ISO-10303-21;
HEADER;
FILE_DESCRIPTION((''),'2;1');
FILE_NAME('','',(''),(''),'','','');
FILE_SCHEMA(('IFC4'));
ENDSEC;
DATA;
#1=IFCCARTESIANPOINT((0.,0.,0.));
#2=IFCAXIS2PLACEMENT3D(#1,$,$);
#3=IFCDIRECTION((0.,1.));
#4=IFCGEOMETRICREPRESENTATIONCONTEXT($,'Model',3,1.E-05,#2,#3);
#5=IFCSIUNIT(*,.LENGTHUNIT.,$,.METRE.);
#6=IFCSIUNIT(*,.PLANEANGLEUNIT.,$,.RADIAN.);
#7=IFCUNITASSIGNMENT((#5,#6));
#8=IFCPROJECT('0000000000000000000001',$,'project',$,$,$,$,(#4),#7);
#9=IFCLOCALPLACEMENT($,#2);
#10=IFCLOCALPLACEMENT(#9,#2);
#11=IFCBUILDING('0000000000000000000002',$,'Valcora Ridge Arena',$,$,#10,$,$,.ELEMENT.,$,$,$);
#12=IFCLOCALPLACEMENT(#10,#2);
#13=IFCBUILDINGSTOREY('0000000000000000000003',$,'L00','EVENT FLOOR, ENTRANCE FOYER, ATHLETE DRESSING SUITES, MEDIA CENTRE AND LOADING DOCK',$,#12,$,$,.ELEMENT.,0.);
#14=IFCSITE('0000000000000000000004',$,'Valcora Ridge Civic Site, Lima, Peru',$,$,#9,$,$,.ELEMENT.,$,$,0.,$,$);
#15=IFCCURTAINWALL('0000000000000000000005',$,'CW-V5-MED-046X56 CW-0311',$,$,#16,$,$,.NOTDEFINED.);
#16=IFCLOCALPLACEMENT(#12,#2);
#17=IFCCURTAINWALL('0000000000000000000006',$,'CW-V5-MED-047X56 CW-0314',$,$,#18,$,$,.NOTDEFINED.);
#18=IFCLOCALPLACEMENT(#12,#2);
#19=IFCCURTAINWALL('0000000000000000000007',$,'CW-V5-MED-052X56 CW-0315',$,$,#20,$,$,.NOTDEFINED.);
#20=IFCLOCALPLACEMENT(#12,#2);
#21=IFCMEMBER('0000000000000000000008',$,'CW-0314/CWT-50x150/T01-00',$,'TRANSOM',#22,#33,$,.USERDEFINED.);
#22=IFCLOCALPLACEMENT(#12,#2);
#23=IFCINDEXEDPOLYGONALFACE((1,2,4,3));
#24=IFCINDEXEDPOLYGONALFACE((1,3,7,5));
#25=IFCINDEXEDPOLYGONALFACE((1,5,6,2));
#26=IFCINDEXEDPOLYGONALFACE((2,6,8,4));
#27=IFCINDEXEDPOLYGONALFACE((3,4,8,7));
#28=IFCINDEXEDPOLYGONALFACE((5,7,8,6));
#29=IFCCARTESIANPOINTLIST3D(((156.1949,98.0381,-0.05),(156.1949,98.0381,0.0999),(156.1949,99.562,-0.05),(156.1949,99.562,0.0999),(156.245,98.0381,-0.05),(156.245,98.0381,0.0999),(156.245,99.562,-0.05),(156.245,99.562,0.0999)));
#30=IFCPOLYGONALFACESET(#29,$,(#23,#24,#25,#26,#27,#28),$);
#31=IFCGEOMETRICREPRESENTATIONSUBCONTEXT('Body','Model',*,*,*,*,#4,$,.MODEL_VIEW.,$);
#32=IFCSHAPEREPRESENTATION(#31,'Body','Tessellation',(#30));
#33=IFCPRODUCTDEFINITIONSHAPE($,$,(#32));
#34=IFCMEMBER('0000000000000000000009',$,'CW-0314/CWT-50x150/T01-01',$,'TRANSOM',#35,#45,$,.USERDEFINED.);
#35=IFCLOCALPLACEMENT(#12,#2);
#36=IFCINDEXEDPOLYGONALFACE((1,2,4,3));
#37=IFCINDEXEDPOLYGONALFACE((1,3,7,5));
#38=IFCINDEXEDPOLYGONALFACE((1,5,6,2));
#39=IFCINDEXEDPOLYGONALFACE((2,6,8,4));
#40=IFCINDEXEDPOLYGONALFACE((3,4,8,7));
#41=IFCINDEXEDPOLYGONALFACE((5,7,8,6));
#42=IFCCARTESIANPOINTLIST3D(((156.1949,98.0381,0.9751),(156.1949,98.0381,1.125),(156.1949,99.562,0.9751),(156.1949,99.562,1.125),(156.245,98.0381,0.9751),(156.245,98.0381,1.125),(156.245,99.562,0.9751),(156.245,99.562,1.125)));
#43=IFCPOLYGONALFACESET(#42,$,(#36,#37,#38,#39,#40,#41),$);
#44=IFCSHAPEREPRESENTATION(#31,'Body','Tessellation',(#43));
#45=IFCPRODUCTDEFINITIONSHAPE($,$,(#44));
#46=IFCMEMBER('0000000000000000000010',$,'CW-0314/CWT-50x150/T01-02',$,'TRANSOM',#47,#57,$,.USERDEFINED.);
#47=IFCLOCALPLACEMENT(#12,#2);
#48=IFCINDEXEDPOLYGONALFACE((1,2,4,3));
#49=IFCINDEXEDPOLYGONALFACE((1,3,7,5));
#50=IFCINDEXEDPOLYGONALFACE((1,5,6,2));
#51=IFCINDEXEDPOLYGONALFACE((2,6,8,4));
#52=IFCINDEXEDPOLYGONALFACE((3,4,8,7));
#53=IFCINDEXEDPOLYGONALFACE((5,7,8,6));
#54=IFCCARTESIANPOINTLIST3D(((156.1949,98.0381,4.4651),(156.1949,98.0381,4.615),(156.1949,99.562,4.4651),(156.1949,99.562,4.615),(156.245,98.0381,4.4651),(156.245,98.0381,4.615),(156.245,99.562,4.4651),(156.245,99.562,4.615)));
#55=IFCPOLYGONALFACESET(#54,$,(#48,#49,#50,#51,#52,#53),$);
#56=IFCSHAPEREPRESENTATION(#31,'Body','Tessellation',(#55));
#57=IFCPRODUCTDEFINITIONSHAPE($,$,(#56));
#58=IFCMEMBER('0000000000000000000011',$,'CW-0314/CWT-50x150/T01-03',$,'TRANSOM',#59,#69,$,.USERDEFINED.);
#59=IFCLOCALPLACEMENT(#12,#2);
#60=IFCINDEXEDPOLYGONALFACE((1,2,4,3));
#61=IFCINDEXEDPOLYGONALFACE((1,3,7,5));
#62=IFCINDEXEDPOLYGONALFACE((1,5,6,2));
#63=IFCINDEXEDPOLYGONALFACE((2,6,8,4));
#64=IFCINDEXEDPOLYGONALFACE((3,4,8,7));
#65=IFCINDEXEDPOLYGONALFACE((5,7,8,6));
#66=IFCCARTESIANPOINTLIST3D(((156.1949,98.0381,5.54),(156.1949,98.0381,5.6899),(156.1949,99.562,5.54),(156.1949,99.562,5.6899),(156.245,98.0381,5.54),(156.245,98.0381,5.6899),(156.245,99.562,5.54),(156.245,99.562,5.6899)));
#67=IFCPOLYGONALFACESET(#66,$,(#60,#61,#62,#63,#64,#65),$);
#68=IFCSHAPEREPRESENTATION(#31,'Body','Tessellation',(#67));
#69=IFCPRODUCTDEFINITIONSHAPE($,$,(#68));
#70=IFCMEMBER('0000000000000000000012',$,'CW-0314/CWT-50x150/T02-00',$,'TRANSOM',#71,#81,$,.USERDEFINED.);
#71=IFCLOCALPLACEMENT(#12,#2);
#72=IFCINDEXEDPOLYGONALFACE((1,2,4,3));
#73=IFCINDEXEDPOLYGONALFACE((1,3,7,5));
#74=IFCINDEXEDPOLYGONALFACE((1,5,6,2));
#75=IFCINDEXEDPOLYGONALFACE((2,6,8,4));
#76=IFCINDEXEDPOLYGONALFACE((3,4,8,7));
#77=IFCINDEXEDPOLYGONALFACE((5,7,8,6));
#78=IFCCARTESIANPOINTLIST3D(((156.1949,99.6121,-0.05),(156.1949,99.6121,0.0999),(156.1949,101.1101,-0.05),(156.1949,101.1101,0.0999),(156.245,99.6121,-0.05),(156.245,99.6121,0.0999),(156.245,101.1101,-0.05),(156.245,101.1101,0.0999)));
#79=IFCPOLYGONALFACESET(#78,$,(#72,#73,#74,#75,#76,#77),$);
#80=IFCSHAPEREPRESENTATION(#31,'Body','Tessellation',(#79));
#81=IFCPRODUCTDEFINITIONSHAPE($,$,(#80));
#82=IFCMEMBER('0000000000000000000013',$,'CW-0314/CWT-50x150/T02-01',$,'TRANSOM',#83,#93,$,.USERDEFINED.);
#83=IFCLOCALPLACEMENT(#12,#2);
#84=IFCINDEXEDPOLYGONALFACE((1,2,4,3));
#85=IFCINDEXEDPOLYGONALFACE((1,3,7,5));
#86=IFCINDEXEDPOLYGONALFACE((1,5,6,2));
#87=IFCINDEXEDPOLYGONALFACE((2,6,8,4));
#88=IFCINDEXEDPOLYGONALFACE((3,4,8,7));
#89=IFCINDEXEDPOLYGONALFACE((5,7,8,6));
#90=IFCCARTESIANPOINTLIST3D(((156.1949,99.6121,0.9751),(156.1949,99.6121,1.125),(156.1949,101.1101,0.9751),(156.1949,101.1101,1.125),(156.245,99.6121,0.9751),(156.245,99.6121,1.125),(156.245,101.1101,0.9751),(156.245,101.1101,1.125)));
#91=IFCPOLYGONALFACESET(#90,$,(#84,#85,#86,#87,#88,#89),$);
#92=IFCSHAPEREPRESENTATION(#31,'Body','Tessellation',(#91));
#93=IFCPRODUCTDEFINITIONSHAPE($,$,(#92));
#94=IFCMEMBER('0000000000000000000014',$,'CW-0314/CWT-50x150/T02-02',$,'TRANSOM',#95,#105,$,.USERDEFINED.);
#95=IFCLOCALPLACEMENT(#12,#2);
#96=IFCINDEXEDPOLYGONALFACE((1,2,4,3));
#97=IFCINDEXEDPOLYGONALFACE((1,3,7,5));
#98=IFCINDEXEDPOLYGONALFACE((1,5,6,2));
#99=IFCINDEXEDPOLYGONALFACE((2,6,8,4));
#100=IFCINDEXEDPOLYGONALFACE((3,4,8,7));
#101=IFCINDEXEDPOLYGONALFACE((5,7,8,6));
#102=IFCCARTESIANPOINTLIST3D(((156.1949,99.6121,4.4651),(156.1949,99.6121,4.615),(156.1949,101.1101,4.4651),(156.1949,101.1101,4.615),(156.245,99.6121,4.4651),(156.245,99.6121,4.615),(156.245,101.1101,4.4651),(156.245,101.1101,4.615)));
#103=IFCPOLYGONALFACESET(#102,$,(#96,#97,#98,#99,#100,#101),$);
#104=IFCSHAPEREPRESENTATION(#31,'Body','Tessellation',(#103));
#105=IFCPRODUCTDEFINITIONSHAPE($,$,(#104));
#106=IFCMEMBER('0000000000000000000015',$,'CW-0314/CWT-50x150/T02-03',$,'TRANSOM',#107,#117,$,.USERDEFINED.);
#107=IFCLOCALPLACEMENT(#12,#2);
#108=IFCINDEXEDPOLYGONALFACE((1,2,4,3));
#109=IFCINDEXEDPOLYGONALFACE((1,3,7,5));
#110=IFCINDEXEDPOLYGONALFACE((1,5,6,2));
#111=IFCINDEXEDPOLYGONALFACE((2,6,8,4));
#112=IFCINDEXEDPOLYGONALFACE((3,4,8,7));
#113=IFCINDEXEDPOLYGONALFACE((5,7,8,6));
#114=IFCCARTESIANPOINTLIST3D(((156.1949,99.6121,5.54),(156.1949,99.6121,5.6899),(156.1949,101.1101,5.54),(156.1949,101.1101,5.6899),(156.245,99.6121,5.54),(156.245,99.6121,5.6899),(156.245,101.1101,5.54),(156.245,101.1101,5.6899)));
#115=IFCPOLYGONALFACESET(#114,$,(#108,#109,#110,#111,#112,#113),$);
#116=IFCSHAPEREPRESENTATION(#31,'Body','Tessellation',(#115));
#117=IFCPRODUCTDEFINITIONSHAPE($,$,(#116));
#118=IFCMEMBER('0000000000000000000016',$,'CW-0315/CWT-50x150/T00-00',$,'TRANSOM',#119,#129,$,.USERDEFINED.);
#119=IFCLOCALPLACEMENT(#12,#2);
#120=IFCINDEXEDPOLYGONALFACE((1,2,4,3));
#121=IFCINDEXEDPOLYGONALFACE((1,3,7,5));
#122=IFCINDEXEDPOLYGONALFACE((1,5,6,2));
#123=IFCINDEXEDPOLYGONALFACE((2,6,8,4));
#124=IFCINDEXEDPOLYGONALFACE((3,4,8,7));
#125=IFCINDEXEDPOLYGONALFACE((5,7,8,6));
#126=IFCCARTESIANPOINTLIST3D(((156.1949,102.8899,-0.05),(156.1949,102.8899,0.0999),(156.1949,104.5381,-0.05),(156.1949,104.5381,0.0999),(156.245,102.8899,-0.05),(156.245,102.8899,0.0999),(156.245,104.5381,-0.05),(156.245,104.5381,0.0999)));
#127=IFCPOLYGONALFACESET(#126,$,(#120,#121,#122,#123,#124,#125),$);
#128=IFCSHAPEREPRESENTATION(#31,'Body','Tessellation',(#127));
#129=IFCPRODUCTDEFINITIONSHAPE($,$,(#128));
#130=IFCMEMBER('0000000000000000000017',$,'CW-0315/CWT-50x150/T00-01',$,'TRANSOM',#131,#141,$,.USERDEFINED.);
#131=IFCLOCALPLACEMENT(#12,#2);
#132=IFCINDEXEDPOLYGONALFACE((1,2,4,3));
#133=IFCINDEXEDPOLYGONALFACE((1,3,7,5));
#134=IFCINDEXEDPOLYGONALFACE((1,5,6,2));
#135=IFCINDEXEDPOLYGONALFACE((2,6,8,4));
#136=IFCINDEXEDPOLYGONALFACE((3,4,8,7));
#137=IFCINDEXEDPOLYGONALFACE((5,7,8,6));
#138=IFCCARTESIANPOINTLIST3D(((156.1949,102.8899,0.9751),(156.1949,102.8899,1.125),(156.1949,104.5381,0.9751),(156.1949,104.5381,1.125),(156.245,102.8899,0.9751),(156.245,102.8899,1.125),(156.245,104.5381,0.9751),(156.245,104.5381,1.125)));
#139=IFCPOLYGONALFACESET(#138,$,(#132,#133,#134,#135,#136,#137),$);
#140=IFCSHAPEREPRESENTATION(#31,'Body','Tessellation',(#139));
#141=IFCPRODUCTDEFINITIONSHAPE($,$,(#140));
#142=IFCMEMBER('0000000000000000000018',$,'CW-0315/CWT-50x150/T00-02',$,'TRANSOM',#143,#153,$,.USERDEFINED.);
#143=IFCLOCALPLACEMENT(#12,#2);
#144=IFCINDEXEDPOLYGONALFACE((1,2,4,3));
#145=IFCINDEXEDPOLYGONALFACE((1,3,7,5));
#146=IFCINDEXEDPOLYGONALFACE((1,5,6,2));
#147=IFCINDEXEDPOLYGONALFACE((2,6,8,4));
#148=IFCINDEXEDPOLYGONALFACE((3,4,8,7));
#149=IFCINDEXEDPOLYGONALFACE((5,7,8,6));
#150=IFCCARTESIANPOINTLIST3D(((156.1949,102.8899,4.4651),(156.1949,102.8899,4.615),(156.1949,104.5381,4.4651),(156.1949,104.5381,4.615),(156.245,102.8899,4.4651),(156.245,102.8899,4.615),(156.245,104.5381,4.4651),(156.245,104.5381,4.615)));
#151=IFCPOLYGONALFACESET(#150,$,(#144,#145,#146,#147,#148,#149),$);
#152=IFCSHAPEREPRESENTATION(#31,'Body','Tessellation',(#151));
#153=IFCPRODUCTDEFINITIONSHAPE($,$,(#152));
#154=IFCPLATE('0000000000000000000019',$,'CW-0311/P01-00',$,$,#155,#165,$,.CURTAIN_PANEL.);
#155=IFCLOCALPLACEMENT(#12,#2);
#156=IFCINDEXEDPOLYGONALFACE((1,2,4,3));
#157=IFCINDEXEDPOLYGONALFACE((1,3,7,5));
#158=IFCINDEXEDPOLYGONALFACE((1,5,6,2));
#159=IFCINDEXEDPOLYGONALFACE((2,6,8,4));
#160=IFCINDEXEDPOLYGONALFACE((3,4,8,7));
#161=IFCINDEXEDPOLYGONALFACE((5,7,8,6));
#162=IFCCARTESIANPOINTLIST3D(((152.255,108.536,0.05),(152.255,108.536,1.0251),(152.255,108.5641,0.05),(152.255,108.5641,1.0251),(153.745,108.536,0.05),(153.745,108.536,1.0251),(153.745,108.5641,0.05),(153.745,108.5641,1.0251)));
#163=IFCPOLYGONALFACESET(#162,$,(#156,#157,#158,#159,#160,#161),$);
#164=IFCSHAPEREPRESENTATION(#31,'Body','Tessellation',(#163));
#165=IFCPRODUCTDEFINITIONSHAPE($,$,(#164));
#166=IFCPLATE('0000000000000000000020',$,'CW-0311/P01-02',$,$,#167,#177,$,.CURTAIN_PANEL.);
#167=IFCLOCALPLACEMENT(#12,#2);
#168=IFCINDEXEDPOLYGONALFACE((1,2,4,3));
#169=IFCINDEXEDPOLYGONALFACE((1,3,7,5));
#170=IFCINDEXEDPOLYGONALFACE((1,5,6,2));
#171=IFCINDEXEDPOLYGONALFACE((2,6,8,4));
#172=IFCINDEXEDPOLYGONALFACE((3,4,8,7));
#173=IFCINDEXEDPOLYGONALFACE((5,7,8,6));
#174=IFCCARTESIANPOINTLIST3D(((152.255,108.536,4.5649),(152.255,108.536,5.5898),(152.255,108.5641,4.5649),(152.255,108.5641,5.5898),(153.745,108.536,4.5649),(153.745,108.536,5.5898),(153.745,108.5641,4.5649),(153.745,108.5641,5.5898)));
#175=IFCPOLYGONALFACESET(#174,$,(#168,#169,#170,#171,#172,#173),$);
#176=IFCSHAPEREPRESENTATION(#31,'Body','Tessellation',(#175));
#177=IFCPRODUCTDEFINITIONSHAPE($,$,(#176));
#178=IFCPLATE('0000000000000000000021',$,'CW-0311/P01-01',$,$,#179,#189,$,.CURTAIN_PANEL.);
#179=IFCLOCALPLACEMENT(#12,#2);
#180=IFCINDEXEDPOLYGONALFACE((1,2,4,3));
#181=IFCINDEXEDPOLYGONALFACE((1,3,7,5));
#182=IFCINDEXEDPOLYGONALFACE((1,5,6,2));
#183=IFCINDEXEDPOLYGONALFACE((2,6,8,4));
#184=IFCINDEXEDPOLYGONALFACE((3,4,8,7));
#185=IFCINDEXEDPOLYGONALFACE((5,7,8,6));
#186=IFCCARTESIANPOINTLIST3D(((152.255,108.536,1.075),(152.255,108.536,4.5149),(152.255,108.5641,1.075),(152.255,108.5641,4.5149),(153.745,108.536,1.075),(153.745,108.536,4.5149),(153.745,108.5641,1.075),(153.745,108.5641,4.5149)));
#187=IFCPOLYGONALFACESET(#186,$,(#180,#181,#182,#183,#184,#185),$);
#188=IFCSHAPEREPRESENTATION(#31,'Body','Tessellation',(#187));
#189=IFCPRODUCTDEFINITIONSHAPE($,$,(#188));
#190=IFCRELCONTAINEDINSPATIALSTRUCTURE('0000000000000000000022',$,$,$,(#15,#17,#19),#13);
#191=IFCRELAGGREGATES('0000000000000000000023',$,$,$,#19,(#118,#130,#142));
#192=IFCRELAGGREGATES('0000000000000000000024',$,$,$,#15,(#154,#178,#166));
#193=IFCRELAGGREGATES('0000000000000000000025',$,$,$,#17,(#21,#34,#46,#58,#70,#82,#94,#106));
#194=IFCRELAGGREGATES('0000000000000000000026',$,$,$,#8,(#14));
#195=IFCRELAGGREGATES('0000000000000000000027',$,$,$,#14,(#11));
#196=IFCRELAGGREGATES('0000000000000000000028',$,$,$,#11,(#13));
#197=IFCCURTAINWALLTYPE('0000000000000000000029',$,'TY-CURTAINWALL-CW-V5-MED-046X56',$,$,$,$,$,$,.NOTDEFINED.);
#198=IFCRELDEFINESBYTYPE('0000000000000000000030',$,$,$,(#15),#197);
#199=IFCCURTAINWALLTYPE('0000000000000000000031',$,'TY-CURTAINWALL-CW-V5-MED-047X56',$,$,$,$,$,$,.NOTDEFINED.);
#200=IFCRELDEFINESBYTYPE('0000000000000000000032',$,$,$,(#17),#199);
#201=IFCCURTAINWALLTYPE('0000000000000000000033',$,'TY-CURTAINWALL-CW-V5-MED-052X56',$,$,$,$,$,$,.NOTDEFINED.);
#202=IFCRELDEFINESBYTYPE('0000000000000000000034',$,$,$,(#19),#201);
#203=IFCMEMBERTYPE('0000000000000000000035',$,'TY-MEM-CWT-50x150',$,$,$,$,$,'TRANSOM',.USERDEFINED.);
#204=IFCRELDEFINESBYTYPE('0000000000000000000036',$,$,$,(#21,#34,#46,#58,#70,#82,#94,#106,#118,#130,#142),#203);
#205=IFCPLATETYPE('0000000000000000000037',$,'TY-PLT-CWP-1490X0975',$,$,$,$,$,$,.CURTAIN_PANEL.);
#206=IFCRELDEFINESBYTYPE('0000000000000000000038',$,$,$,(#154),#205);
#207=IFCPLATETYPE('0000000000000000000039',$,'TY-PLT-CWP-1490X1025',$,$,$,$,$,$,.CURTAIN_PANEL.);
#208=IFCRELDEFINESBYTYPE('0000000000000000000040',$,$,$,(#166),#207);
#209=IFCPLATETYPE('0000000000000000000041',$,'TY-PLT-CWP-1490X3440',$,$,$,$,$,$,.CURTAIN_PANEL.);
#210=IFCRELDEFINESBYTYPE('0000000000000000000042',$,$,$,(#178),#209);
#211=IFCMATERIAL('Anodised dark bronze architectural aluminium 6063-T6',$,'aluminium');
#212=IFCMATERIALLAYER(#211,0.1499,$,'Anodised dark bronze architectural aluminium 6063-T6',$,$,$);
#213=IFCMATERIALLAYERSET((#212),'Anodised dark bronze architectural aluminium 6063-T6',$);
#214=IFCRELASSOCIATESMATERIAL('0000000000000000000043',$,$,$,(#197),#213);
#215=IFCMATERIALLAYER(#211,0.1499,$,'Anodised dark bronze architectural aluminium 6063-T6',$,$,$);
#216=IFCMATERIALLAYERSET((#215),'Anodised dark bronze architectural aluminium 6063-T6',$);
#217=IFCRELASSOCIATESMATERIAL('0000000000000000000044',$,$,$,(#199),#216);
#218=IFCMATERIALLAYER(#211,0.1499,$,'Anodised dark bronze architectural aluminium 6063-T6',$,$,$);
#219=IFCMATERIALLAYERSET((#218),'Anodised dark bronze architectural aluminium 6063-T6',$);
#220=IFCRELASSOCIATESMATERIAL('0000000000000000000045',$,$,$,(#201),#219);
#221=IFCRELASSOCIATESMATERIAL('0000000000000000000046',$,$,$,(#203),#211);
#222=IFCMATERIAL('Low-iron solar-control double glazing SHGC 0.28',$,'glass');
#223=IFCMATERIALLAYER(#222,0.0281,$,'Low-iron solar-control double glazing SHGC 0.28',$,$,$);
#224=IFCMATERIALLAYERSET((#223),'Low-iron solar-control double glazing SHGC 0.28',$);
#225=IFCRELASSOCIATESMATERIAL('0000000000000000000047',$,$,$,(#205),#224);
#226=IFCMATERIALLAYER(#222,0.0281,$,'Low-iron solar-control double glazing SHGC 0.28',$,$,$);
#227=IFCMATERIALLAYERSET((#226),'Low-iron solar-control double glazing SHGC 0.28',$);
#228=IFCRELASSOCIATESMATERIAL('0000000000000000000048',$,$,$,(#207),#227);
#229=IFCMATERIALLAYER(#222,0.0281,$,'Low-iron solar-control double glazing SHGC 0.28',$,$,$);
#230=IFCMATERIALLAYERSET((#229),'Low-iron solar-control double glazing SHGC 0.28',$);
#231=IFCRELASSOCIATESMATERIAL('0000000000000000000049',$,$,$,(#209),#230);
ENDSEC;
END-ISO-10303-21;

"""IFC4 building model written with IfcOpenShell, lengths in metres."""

from ifc_helpers import new_model, si_unit, direction, frame, origin, origin_2d, place, context, subcontext, project, spatial, rectangle, extrude, material, layer, layer_set, material_profile, profile_set, type_object, element, aggregate, save


model = new_model("IFC4")

# Units and contexts
model_context = context("Model", 3, precision=1e-05, world=origin(), true_north=direction((0.0, 1.0)))
body_context = subcontext(model_context, "Body", "Model", "MODEL_VIEW")
ifc_project = project(units=[si_unit("LENGTHUNIT", "METRE"), si_unit("PLANEANGLEUNIT", "RADIAN")], contexts=[model_context])

# Site, building, storey
site_placement = place(None, origin())
site = spatial("IfcSite", under=ifc_project, at=site_placement, Name="Valcora Ridge Civic Site, Lima, Peru", CompositionType="ELEMENT", RefElevation=0.0)
building_placement = place(site_placement, origin())
building = spatial("IfcBuilding", under=site, at=building_placement, Name="Valcora Ridge Arena", CompositionType="ELEMENT")
storey_placement = place(building_placement, origin())
storey = spatial("IfcBuildingStorey", under=building, at=storey_placement, Name="L00", Description="EVENT FLOOR, ENTRANCE FOYER, ATHLETE DRESSING SUITES, MEDIA CENTRE AND LOADING DOCK", CompositionType="ELEMENT", Elevation=0.0)

# Curtain wall
ifc_material_1 = material(Name="Anodised dark bronze architectural aluminium 6063-T6", Category="aluminium")
ifc_layer_1 = layer(ifc_material_1, 0.1499, Name="Anodised dark bronze architectural aluminium 6063-T6")
ifc_layer_set_1 = layer_set([ifc_layer_1], Name="Anodised dark bronze architectural aluminium 6063-T6")
curtain_wall_type_1 = type_object("IfcCurtainWallType", Name="TY-CURTAINWALL-CW-V5-MED-046X56", PredefinedType="NOTDEFINED", material=ifc_layer_set_1)
curtain_wall_1_placement = place(storey_placement, origin())
curtain_wall_1 = element("IfcCurtainWall", 1, at=curtain_wall_1_placement, inside=storey, type_object=curtain_wall_type_1, Name="CW-V5-MED-046X56 CW-0311", PredefinedType="NOTDEFINED")

# Curtain wall
ifc_layer_2 = layer(ifc_material_1, 0.1499, Name="Anodised dark bronze architectural aluminium 6063-T6")
ifc_layer_set_2 = layer_set([ifc_layer_2], Name="Anodised dark bronze architectural aluminium 6063-T6")
curtain_wall_type_2 = type_object("IfcCurtainWallType", Name="TY-CURTAINWALL-CW-V5-MED-047X56", PredefinedType="NOTDEFINED", material=ifc_layer_set_2)
curtain_wall_2_placement = place(storey_placement, origin())
curtain_wall_2 = element("IfcCurtainWall", 2, at=curtain_wall_2_placement, inside=storey, type_object=curtain_wall_type_2, Name="CW-V5-MED-047X56 CW-0314", PredefinedType="NOTDEFINED")

# Curtain wall
ifc_layer_3 = layer(ifc_material_1, 0.1499, Name="Anodised dark bronze architectural aluminium 6063-T6")
ifc_layer_set_3 = layer_set([ifc_layer_3], Name="Anodised dark bronze architectural aluminium 6063-T6")
curtain_wall_type_3 = type_object("IfcCurtainWallType", Name="TY-CURTAINWALL-CW-V5-MED-052X56", PredefinedType="NOTDEFINED", material=ifc_layer_set_3)
curtain_wall_3_placement = place(storey_placement, origin())
curtain_wall_3 = element("IfcCurtainWall", 3, at=curtain_wall_3_placement, inside=storey, type_object=curtain_wall_type_3, Name="CW-V5-MED-052X56 CW-0315", PredefinedType="NOTDEFINED")

# Members
ifc_material_profile_1 = material_profile(ifc_material_1, rectangle(XDim=0.05, YDim=0.1499, at=origin_2d()), Name="ALU TRANSOM 50x150")
ifc_profile_set_1 = profile_set([ifc_material_profile_1], Name="Anodised dark bronze architectural aluminium 6063-T6")
member_type_1 = type_object("IfcMemberType", Name="TY-MEM-CWT-50x150", ElementType="TRANSOM", PredefinedType="USERDEFINED", material=ifc_profile_set_1)
member_1_placement = place(storey_placement, frame((156.22, 98.0381, 0.0249), z_axis=(0.0, 1.0, 0.0), x_axis=(-1.0, 0.0, 0.0)))
member_1 = element("IfcMember", 4, at=member_1_placement, type_object=member_type_1, Name="CW-0314/CWT-50x150/T01-00", ObjectType="TRANSOM", PredefinedType="USERDEFINED", context=body_context, shape_type="SweptSolid", body=[
    extrude(rectangle(XDim=0.05, YDim=0.1499, at=origin_2d()), origin(), (0.0, 0.0, 1.0), 1.5239),
])
member_2_placement = place(storey_placement, frame((156.22, 98.0381, 1.05), z_axis=(0.0, 1.0, 0.0), x_axis=(-1.0, 0.0, 0.0)))
member_2 = element("IfcMember", 5, at=member_2_placement, type_object=member_type_1, Name="CW-0314/CWT-50x150/T01-01", ObjectType="TRANSOM", PredefinedType="USERDEFINED", context=body_context, shape_type="SweptSolid", body=[
    extrude(rectangle(XDim=0.05, YDim=0.1499, at=origin_2d()), origin(), (0.0, 0.0, 1.0), 1.5239),
])
member_3_placement = place(storey_placement, frame((156.22, 98.0381, 4.54), z_axis=(0.0, 1.0, 0.0), x_axis=(-1.0, 0.0, 0.0)))
member_3 = element("IfcMember", 6, at=member_3_placement, type_object=member_type_1, Name="CW-0314/CWT-50x150/T01-02", ObjectType="TRANSOM", PredefinedType="USERDEFINED", context=body_context, shape_type="SweptSolid", body=[
    extrude(rectangle(XDim=0.05, YDim=0.1499, at=origin_2d()), origin(), (0.0, 0.0, 1.0), 1.5239),
])
member_4_placement = place(storey_placement, frame((156.22, 98.0381, 5.615), z_axis=(0.0, 1.0, 0.0), x_axis=(-1.0, 0.0, 0.0)))
member_4 = element("IfcMember", 7, at=member_4_placement, type_object=member_type_1, Name="CW-0314/CWT-50x150/T01-03", ObjectType="TRANSOM", PredefinedType="USERDEFINED", context=body_context, shape_type="SweptSolid", body=[
    extrude(rectangle(XDim=0.05, YDim=0.1499, at=origin_2d()), origin(), (0.0, 0.0, 1.0), 1.5239),
])
member_5_placement = place(storey_placement, frame((156.22, 99.6121, 0.0249), z_axis=(0.0, 1.0, 0.0), x_axis=(-1.0, 0.0, 0.0)))
member_5 = element("IfcMember", 8, at=member_5_placement, type_object=member_type_1, Name="CW-0314/CWT-50x150/T02-00", ObjectType="TRANSOM", PredefinedType="USERDEFINED", context=body_context, shape_type="SweptSolid", body=[
    extrude(rectangle(XDim=0.05, YDim=0.1499, at=origin_2d()), origin(), (0.0, 0.0, 1.0), 1.498),
])
member_6_placement = place(storey_placement, frame((156.22, 99.6121, 1.05), z_axis=(0.0, 1.0, 0.0), x_axis=(-1.0, 0.0, 0.0)))
member_6 = element("IfcMember", 9, at=member_6_placement, type_object=member_type_1, Name="CW-0314/CWT-50x150/T02-01", ObjectType="TRANSOM", PredefinedType="USERDEFINED", context=body_context, shape_type="SweptSolid", body=[
    extrude(rectangle(XDim=0.05, YDim=0.1499, at=origin_2d()), origin(), (0.0, 0.0, 1.0), 1.498),
])
member_7_placement = place(storey_placement, frame((156.22, 99.6121, 4.54), z_axis=(0.0, 1.0, 0.0), x_axis=(-1.0, 0.0, 0.0)))
member_7 = element("IfcMember", 10, at=member_7_placement, type_object=member_type_1, Name="CW-0314/CWT-50x150/T02-02", ObjectType="TRANSOM", PredefinedType="USERDEFINED", context=body_context, shape_type="SweptSolid", body=[
    extrude(rectangle(XDim=0.05, YDim=0.1499, at=origin_2d()), origin(), (0.0, 0.0, 1.0), 1.498),
])
member_8_placement = place(storey_placement, frame((156.22, 99.6121, 5.615), z_axis=(0.0, 1.0, 0.0), x_axis=(-1.0, 0.0, 0.0)))
member_8 = element("IfcMember", 11, at=member_8_placement, type_object=member_type_1, Name="CW-0314/CWT-50x150/T02-03", ObjectType="TRANSOM", PredefinedType="USERDEFINED", context=body_context, shape_type="SweptSolid", body=[
    extrude(rectangle(XDim=0.05, YDim=0.1499, at=origin_2d()), origin(), (0.0, 0.0, 1.0), 1.498),
])
member_9_placement = place(storey_placement, frame((156.22, 102.8899, 0.0249), z_axis=(0.0, 1.0, 0.0), x_axis=(-1.0, 0.0, 0.0)))
member_9 = element("IfcMember", 12, at=member_9_placement, type_object=member_type_1, Name="CW-0315/CWT-50x150/T00-00", ObjectType="TRANSOM", PredefinedType="USERDEFINED", context=body_context, shape_type="SweptSolid", body=[
    extrude(rectangle(XDim=0.05, YDim=0.1499, at=origin_2d()), origin(), (0.0, 0.0, 1.0), 1.6482),
])
member_10_placement = place(storey_placement, frame((156.22, 102.8899, 1.05), z_axis=(0.0, 1.0, 0.0), x_axis=(-1.0, 0.0, 0.0)))
member_10 = element("IfcMember", 13, at=member_10_placement, type_object=member_type_1, Name="CW-0315/CWT-50x150/T00-01", ObjectType="TRANSOM", PredefinedType="USERDEFINED", context=body_context, shape_type="SweptSolid", body=[
    extrude(rectangle(XDim=0.05, YDim=0.1499, at=origin_2d()), origin(), (0.0, 0.0, 1.0), 1.6482),
])
member_11_placement = place(storey_placement, frame((156.22, 102.8899, 4.54), z_axis=(0.0, 1.0, 0.0), x_axis=(-1.0, 0.0, 0.0)))
member_11 = element("IfcMember", 14, at=member_11_placement, type_object=member_type_1, Name="CW-0315/CWT-50x150/T00-02", ObjectType="TRANSOM", PredefinedType="USERDEFINED", context=body_context, shape_type="SweptSolid", body=[
    extrude(rectangle(XDim=0.05, YDim=0.1499, at=origin_2d()), origin(), (0.0, 0.0, 1.0), 1.6482),
])
aggregate(curtain_wall_3, [member_9, member_10, member_11])

# Plates
ifc_material_2 = material(Name="Low-iron solar-control double glazing SHGC 0.28", Category="glass")
ifc_layer_4 = layer(ifc_material_2, 0.0281, Name="Low-iron solar-control double glazing SHGC 0.28")
ifc_layer_set_4 = layer_set([ifc_layer_4], Name="Low-iron solar-control double glazing SHGC 0.28")
plate_type_1 = type_object("IfcPlateType", Name="TY-PLT-CWP-1490X0975", PredefinedType="CURTAIN_PANEL", material=ifc_layer_set_4)
plate_1_placement = place(storey_placement, frame((153.0, 108.55, 0.05), z_axis=(0.0, 0.0, 1.0), x_axis=(1.0, 0.0, 0.0)))
plate_1 = element("IfcPlate", 15, at=plate_1_placement, type_object=plate_type_1, Name="CW-0311/P01-00", PredefinedType="CURTAIN_PANEL", context=body_context, shape_type="SweptSolid", body=[
    extrude(rectangle(XDim=1.49, YDim=0.0281, at=origin_2d()), origin(), (0.0, 0.0, 1.0), 0.9751),
])
ifc_layer_5 = layer(ifc_material_2, 0.0281, Name="Low-iron solar-control double glazing SHGC 0.28")
ifc_layer_set_5 = layer_set([ifc_layer_5], Name="Low-iron solar-control double glazing SHGC 0.28")
plate_type_2 = type_object("IfcPlateType", Name="TY-PLT-CWP-1490X1025", PredefinedType="CURTAIN_PANEL", material=ifc_layer_set_5)
plate_2_placement = place(storey_placement, frame((153.0, 108.55, 4.5649), z_axis=(0.0, 0.0, 1.0), x_axis=(1.0, 0.0, 0.0)))
plate_2 = element("IfcPlate", 16, at=plate_2_placement, type_object=plate_type_2, Name="CW-0311/P01-02", PredefinedType="CURTAIN_PANEL", context=body_context, shape_type="SweptSolid", body=[
    extrude(rectangle(XDim=1.49, YDim=0.0281, at=origin_2d()), origin(), (0.0, 0.0, 1.0), 1.0249),
])
ifc_layer_6 = layer(ifc_material_2, 0.0281, Name="Low-iron solar-control double glazing SHGC 0.28")
ifc_layer_set_6 = layer_set([ifc_layer_6], Name="Low-iron solar-control double glazing SHGC 0.28")
plate_type_3 = type_object("IfcPlateType", Name="TY-PLT-CWP-1490X3440", PredefinedType="CURTAIN_PANEL", material=ifc_layer_set_6)
plate_3_placement = place(storey_placement, frame((153.0, 108.55, 1.075), z_axis=(0.0, 0.0, 1.0), x_axis=(1.0, 0.0, 0.0)))
plate_3 = element("IfcPlate", 17, at=plate_3_placement, type_object=plate_type_3, Name="CW-0311/P01-01", PredefinedType="CURTAIN_PANEL", context=body_context, shape_type="SweptSolid", body=[
    extrude(rectangle(XDim=1.49, YDim=0.0281, at=origin_2d()), origin(), (0.0, 0.0, 1.0), 3.4399),
])
aggregate(curtain_wall_1, [plate_1, plate_3, plate_2])
aggregate(curtain_wall_2, [member_1, member_2, member_3, member_4, member_5, member_6, member_7, member_8])

save(model, "model.ifc")
